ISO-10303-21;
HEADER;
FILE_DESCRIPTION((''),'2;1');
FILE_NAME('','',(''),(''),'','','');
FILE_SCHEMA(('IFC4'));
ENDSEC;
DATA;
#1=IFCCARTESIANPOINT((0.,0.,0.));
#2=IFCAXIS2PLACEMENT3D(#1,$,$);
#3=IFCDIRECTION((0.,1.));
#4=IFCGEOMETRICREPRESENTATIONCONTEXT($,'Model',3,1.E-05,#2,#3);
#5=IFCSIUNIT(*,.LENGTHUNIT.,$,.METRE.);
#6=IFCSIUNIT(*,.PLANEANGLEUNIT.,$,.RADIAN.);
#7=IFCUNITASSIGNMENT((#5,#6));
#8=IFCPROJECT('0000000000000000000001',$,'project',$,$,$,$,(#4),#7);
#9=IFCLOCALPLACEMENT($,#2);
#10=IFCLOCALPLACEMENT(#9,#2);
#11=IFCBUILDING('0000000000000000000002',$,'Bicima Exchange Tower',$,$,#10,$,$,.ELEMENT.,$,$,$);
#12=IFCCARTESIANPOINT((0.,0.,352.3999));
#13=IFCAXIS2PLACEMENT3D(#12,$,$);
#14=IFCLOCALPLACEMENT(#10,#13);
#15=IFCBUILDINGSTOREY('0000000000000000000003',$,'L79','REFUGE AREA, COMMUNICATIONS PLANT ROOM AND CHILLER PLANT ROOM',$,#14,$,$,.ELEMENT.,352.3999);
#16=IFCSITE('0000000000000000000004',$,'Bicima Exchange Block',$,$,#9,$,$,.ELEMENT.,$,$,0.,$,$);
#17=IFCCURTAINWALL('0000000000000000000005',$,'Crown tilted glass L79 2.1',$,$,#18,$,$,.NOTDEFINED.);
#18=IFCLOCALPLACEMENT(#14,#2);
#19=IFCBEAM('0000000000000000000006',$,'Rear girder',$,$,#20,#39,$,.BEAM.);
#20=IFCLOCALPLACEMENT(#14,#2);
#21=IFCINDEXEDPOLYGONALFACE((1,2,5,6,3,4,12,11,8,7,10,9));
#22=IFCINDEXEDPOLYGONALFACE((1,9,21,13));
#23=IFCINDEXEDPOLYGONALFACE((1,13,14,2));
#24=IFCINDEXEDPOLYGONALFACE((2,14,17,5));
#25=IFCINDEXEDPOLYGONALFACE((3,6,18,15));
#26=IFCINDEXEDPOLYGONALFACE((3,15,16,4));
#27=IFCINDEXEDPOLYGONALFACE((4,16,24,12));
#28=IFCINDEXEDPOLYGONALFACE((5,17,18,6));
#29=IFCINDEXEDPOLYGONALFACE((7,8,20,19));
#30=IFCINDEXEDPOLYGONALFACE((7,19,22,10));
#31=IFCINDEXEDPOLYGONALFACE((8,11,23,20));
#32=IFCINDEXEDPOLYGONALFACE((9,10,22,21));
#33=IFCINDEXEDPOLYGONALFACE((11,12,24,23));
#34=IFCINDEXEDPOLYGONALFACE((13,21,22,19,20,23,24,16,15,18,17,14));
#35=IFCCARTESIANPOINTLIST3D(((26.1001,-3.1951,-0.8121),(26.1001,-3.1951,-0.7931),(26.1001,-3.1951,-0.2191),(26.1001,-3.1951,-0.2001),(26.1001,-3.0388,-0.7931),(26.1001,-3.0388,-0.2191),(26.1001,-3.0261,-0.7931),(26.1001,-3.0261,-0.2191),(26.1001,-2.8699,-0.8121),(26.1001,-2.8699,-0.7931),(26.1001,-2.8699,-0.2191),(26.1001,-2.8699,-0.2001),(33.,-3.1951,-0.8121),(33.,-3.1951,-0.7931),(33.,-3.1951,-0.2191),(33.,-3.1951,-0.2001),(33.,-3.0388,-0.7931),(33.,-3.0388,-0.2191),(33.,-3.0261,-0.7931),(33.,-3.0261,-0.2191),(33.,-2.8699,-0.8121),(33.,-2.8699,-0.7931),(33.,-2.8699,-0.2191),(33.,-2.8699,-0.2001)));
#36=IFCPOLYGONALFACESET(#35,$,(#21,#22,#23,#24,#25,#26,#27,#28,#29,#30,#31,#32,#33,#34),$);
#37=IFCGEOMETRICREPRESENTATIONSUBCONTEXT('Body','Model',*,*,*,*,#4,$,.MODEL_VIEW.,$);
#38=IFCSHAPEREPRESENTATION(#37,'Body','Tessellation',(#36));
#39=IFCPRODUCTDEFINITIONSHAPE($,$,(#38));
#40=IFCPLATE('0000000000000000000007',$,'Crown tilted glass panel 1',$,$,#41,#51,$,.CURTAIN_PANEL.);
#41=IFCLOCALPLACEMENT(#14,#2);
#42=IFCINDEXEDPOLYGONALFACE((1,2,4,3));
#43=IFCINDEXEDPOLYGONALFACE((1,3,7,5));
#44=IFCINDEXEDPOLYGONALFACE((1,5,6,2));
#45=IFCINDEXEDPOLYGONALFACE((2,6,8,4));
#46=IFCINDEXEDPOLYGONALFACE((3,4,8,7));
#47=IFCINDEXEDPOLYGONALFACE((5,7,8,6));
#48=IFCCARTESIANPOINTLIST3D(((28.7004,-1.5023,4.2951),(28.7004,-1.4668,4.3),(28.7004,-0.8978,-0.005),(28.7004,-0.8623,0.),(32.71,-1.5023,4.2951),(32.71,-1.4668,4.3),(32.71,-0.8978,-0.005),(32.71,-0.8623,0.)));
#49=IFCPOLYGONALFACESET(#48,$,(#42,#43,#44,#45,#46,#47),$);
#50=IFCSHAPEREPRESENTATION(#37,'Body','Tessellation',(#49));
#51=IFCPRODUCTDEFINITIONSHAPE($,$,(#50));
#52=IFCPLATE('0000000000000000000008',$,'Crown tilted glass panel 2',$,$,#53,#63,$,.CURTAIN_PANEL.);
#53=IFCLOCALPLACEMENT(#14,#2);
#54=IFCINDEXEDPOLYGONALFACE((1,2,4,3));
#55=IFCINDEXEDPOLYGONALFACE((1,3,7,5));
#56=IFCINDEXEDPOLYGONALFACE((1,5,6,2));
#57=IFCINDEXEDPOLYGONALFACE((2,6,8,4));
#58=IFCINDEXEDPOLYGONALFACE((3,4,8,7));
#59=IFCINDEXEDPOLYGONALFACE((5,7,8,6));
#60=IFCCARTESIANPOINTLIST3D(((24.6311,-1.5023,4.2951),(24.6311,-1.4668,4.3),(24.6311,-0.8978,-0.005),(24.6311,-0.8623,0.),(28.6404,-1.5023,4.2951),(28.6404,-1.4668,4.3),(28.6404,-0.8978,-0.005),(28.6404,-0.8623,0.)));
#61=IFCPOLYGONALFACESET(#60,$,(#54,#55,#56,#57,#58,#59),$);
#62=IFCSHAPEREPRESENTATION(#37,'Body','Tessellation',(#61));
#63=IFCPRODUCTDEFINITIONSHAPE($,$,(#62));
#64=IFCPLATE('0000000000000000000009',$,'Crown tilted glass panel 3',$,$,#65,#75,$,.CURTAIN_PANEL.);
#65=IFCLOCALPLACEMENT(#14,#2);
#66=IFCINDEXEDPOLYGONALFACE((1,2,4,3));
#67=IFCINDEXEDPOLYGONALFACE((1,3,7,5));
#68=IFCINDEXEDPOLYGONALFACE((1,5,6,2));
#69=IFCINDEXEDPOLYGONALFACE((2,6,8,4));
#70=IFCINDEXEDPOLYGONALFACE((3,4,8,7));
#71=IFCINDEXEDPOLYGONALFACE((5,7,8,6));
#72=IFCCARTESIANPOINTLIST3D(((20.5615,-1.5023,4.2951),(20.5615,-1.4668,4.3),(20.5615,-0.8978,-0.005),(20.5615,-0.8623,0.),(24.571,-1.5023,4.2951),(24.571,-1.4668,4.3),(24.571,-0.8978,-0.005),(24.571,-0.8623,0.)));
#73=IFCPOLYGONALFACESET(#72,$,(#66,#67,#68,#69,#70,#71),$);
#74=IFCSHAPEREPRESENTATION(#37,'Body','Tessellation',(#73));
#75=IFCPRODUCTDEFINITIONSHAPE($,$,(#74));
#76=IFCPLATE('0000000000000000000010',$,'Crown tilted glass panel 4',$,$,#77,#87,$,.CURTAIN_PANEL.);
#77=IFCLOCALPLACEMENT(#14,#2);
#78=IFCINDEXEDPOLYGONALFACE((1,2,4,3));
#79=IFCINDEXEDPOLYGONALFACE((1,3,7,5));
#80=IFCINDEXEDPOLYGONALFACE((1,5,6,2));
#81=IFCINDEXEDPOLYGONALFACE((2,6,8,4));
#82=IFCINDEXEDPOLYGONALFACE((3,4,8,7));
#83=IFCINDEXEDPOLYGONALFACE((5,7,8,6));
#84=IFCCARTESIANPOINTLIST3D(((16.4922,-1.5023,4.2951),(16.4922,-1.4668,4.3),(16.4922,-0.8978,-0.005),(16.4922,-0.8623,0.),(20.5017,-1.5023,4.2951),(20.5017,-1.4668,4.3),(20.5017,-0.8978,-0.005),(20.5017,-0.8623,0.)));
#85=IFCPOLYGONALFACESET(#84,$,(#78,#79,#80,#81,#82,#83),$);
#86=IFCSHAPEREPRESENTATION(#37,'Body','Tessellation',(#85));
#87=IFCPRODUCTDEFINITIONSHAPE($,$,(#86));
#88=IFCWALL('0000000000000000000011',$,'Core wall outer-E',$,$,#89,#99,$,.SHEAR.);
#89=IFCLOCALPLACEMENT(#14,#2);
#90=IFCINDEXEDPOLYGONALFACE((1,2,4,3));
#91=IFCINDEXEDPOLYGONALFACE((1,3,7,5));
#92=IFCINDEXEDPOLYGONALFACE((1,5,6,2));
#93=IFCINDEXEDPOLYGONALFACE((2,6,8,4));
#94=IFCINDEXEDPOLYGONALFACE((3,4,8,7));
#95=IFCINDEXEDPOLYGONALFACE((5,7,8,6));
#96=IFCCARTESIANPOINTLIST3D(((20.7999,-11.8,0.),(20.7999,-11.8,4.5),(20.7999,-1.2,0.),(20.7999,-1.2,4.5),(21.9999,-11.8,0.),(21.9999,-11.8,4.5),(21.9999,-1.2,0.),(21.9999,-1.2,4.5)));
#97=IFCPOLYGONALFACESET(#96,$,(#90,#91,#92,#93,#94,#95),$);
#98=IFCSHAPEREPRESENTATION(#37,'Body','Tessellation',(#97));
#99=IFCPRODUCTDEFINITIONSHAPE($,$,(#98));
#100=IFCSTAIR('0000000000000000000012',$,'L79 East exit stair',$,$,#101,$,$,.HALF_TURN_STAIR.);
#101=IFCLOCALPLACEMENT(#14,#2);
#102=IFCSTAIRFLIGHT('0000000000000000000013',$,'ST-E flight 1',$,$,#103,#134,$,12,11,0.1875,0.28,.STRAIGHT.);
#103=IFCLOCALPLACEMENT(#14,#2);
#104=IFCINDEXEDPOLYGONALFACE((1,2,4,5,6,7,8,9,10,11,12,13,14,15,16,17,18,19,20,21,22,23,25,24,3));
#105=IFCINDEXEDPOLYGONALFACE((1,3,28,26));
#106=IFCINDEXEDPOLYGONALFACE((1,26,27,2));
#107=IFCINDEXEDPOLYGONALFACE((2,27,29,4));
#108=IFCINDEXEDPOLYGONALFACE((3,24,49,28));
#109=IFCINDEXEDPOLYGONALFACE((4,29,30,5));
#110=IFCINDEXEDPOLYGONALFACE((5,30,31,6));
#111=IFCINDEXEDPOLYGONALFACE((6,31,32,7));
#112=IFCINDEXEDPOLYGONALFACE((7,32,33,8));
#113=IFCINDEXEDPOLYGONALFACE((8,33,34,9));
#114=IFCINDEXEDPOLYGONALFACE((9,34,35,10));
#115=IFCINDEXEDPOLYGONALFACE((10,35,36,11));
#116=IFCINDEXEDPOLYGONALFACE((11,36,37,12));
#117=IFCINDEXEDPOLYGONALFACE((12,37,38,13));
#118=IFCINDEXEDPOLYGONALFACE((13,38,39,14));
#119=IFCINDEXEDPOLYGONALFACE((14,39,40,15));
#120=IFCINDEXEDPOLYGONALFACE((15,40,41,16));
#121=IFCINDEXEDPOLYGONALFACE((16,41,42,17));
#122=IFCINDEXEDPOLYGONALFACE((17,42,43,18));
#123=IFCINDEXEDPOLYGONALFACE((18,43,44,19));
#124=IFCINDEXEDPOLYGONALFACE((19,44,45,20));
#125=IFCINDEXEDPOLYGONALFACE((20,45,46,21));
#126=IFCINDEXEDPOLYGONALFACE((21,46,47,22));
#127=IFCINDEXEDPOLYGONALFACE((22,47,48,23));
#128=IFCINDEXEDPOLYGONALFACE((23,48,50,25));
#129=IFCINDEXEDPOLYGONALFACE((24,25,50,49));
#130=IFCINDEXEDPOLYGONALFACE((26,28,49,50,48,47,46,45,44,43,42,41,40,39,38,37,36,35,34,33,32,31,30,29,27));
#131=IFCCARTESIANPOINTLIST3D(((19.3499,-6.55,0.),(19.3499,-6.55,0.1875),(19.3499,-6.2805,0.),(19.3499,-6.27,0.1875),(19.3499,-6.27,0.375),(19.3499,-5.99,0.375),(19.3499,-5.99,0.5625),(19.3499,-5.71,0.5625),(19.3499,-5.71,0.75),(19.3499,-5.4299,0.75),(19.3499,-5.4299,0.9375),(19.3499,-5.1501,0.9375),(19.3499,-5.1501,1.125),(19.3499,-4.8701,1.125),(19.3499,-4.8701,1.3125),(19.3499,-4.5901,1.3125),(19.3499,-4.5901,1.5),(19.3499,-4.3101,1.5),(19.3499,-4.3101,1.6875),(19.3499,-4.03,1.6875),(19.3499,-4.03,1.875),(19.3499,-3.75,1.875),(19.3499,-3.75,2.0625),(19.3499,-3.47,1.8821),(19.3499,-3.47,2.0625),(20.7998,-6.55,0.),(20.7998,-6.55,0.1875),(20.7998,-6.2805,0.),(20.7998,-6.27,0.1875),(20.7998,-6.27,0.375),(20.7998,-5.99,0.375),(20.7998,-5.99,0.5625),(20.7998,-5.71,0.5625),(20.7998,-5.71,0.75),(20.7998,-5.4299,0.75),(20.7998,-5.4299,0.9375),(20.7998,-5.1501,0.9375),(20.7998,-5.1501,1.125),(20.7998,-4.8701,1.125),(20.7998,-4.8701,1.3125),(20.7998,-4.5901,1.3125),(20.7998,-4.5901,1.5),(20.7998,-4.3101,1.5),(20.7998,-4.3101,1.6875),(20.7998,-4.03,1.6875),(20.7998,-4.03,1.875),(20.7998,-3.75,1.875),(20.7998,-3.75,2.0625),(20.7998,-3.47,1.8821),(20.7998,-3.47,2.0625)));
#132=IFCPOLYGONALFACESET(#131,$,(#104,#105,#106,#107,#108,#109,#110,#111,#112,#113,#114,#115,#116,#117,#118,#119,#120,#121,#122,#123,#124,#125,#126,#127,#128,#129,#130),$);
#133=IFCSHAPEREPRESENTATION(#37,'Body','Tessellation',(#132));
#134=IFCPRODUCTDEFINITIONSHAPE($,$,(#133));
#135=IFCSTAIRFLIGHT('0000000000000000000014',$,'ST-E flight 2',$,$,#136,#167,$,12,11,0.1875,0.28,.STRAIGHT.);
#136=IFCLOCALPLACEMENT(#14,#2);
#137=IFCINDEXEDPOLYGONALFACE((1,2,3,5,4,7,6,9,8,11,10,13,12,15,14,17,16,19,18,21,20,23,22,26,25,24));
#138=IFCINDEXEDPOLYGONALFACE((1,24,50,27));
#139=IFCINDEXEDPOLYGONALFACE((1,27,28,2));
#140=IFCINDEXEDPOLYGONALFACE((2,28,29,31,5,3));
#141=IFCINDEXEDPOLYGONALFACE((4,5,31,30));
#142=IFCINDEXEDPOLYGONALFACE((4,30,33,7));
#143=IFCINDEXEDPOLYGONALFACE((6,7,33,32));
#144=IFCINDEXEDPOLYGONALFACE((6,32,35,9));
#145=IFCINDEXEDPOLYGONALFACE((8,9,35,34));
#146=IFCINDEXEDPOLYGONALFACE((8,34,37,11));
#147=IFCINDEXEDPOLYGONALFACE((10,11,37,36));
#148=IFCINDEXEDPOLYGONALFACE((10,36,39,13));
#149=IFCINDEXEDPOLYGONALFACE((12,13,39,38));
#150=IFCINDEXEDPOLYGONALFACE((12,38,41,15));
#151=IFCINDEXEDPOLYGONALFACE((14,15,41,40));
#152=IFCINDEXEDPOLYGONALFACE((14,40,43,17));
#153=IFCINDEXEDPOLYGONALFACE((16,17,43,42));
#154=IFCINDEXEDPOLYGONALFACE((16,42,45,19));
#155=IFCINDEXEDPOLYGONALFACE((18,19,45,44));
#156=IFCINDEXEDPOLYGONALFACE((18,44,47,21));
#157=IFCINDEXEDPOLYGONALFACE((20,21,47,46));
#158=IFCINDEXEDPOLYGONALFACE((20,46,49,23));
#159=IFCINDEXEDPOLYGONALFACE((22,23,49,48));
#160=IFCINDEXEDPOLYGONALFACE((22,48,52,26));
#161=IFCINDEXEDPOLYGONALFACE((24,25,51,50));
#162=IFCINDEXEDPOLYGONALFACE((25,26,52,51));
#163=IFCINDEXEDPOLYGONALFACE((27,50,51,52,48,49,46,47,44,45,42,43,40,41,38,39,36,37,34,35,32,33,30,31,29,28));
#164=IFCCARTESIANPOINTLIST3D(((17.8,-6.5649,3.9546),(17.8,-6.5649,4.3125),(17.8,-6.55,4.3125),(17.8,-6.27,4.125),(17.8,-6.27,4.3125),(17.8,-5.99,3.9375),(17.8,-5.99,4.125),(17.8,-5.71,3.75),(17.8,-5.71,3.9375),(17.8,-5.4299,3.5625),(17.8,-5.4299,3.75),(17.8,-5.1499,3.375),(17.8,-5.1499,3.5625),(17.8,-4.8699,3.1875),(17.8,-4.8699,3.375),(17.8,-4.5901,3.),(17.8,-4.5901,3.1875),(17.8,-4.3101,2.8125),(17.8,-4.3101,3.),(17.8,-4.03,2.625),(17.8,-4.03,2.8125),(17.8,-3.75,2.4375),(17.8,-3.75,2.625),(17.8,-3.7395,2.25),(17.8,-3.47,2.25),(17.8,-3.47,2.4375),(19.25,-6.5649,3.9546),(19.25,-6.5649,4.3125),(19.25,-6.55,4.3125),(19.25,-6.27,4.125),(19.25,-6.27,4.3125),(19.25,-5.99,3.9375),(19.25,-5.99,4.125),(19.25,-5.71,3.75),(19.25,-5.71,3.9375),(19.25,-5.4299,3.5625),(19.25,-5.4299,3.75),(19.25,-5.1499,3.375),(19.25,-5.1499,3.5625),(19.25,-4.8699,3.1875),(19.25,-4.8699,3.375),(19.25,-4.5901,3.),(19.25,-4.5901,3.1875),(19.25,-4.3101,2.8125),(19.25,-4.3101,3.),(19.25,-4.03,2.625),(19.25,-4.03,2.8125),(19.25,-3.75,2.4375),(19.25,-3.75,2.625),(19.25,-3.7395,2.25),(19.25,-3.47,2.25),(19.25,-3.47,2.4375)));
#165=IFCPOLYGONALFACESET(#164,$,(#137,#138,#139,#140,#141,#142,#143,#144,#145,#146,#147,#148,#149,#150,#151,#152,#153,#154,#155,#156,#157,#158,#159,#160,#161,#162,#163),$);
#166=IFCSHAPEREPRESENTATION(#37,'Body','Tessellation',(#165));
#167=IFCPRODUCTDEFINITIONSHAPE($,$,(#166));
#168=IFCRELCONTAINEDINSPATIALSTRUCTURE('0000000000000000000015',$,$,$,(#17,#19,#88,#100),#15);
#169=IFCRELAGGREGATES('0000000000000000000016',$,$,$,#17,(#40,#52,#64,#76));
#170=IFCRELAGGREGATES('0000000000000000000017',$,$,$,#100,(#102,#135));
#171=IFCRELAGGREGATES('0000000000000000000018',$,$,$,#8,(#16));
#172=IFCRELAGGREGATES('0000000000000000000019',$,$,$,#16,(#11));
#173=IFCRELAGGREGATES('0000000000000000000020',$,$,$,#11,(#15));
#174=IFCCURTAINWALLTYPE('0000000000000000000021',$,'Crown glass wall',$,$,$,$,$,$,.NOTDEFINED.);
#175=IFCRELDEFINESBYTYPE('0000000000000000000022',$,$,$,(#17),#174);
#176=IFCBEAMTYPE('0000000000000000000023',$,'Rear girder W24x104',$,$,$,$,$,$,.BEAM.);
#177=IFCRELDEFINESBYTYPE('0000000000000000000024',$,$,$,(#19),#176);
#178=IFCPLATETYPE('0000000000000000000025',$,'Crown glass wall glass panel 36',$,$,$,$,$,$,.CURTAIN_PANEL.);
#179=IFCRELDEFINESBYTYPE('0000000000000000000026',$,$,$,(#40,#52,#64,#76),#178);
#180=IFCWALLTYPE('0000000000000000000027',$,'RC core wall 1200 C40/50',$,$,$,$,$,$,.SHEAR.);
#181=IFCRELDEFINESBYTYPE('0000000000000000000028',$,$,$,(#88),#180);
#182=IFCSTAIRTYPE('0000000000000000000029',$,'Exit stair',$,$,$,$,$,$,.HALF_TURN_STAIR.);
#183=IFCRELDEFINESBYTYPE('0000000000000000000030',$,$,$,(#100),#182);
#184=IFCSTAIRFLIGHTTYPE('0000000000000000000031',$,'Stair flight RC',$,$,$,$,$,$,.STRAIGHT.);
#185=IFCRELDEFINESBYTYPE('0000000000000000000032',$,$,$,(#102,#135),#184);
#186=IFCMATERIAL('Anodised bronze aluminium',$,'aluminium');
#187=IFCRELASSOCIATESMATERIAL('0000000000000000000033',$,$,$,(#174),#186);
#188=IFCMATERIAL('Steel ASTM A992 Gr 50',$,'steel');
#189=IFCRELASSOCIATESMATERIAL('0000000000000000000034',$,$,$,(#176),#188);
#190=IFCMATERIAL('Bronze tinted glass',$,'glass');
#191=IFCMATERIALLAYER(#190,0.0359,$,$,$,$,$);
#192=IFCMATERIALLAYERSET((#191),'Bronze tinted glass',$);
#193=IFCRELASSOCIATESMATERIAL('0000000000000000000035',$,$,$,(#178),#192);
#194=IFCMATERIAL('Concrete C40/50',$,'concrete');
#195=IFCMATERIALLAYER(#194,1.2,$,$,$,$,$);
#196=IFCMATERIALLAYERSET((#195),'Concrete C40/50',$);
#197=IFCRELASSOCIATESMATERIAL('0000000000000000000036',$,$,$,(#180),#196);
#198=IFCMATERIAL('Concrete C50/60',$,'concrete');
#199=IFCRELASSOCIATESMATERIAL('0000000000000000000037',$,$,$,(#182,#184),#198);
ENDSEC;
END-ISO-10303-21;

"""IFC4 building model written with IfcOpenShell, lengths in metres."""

from ifc_helpers import new_model, si_unit, direction, frame, frame_2d, origin, origin_2d, place, context, subcontext, project, spatial, polyline, rectangle, i_section, outline, extrude, material, layer, layer_set, material_profile, profile_set, type_object, element, aggregate, save


model = new_model("IFC4")

# Units and contexts
model_context = context("Model", 3, precision=1e-05, world=origin(), true_north=direction((0.0, 1.0)))
body_context = subcontext(model_context, "Body", "Model", "MODEL_VIEW")
ifc_project = project(units=[si_unit("LENGTHUNIT", "METRE"), si_unit("PLANEANGLEUNIT", "RADIAN")], contexts=[model_context])

# Site, building, storey
site_placement = place(None, origin())
site = spatial("IfcSite", under=ifc_project, at=site_placement, Name="Bicima Exchange Block", CompositionType="ELEMENT", RefElevation=0.0)
building_placement = place(site_placement, origin())
building = spatial("IfcBuilding", under=site, at=building_placement, Name="Bicima Exchange Tower", CompositionType="ELEMENT")
storey_placement = place(building_placement, frame((0.0, 0.0, 352.3999)))
storey = spatial("IfcBuildingStorey", under=building, at=storey_placement, Name="L79", Description="REFUGE AREA, COMMUNICATIONS PLANT ROOM AND CHILLER PLANT ROOM", CompositionType="ELEMENT", Elevation=352.3999)

# Shared definitions
ifc_material_1 = material(Name="Steel ASTM A992 Gr 50", Category="steel")

# Curtain wall
ifc_material_2 = material(Name="Anodised bronze aluminium", Category="aluminium")
curtain_wall_type = type_object("IfcCurtainWallType", Name="Crown glass wall", PredefinedType="NOTDEFINED", material=ifc_material_2)
curtain_wall_placement = place(storey_placement, origin())
curtain_wall = element("IfcCurtainWall", 1, at=curtain_wall_placement, inside=storey, type_object=curtain_wall_type, Name="Crown tilted glass L79 2.1", PredefinedType="NOTDEFINED")

# Beam
ifc_material_profile_1 = material_profile(ifc_material_1, i_section(OverallWidth=0.3252, OverallDepth=0.6121, WebThickness=0.0127, FlangeThickness=0.019, at=origin_2d()))
ifc_profile_set_1 = profile_set([ifc_material_profile_1], Name="Steel ASTM A992 Gr 50")
beam_type_1 = type_object("IfcBeamType", Name="Rear girder W24x104", PredefinedType="BEAM", material=ifc_profile_set_1)
beam_1_placement = place(storey_placement, frame((26.1001, -3.0325, -0.5061), z_axis=(1.0, 0.0, 0.0), x_axis=(0.0, 1.0, 0.0)))
element("IfcBeam", 2, at=beam_1_placement, inside=storey, type_object=beam_type_1, Name="Rear girder", PredefinedType="BEAM", context=body_context, shape_type="SweptSolid", body=[
    extrude(i_section(OverallWidth=0.3252, OverallDepth=0.6121, WebThickness=0.0127, FlangeThickness=0.019, at=origin_2d()), origin(), (0.0, 0.0, 1.0), 6.8999),
])

# Plates
ifc_material_3 = material(Name="Bronze tinted glass", Category="glass")
ifc_layer_1 = layer(ifc_material_3, 0.0359)
ifc_layer_set_1 = layer_set([ifc_layer_1], Name="Bronze tinted glass")
plate_type = type_object("IfcPlateType", Name="Crown glass wall glass panel 36", PredefinedType="CURTAIN_PANEL", material=ifc_layer_set_1)
plate_1_placement = place(storey_placement, frame((32.71, -0.8623, 0.0), z_axis=(0.0, 0.990263, 0.139209), x_axis=(-1.0, 0.0, 0.0)))
plate_1 = element("IfcPlate", 3, at=plate_1_placement, type_object=plate_type, Name="Crown tilted glass panel 1", PredefinedType="CURTAIN_PANEL", context=body_context, shape_type="SweptSolid", body=[
    extrude(outline(polyline([(0.0, 0.0), (4.0095, 0.0), (4.0095, 4.3423), (0.0, 4.3423), (0.0, 0.0)])), origin(), (0.0, 0.0, -1.0), 0.0359),
])
plate_2_placement = place(storey_placement, frame((28.6404, -0.8623, 0.0), z_axis=(0.0, 0.990263, 0.139209), x_axis=(-1.0, 0.0, 0.0)))
plate_2 = element("IfcPlate", 4, at=plate_2_placement, type_object=plate_type, Name="Crown tilted glass panel 2", PredefinedType="CURTAIN_PANEL", context=body_context, shape_type="SweptSolid", body=[
    extrude(outline(polyline([(0.0, 0.0), (4.0093, 0.0), (4.0093, 4.3423), (0.0, 4.3423), (0.0, 0.0)])), origin(), (0.0, 0.0, -1.0), 0.0359),
])
plate_3_placement = place(storey_placement, frame((24.571, -0.8623, 0.0), z_axis=(0.0, 0.990263, 0.139209), x_axis=(-1.0, 0.0, 0.0)))
plate_3 = element("IfcPlate", 5, at=plate_3_placement, type_object=plate_type, Name="Crown tilted glass panel 3", PredefinedType="CURTAIN_PANEL", context=body_context, shape_type="SweptSolid", body=[
    extrude(outline(polyline([(0.0, 0.0), (4.0095, 0.0), (4.0095, 4.3423), (0.0, 4.3423), (0.0, 0.0)])), origin(), (0.0, 0.0, -1.0), 0.0359),
])
plate_4_placement = place(storey_placement, frame((20.5017, -0.8623, 0.0), z_axis=(0.0, 0.990263, 0.139209), x_axis=(-1.0, 0.0, 0.0)))
plate_4 = element("IfcPlate", 6, at=plate_4_placement, type_object=plate_type, Name="Crown tilted glass panel 4", PredefinedType="CURTAIN_PANEL", context=body_context, shape_type="SweptSolid", body=[
    extrude(outline(polyline([(0.0, 0.0), (4.0095, 0.0), (4.0095, 4.3423), (0.0, 4.3423), (0.0, 0.0)])), origin(), (0.0, 0.0, -1.0), 0.0359),
])
aggregate(curtain_wall, [plate_1, plate_2, plate_3, plate_4])

# Wall
ifc_material_4 = material(Name="Concrete C40/50", Category="concrete")
ifc_layer_2 = layer(ifc_material_4, 1.2)
ifc_layer_set_2 = layer_set([ifc_layer_2], Name="Concrete C40/50")
wall_type = type_object("IfcWallType", Name="RC core wall 1200 C40/50", PredefinedType="SHEAR", material=ifc_layer_set_2)
wall_placement = place(storey_placement, frame((21.3999, -11.8, 0.0), z_axis=(0.0, 0.0, 1.0), x_axis=(0.0, 1.0, 0.0)))
element("IfcWall", 7, at=wall_placement, inside=storey, type_object=wall_type, Name="Core wall outer-E", PredefinedType="SHEAR", context=body_context, shape_type="SweptSolid", body=[
    extrude(rectangle(XDim=10.6001, YDim=1.2, at=frame_2d((5.3, 0.0))), origin(), (0.0, 0.0, 1.0), 4.5),
])

# Stair, stair flights
ifc_material_5 = material(Name="Concrete C50/60", Category="concrete")
stair_type = type_object("IfcStairType", Name="Exit stair", PredefinedType="HALF_TURN_STAIR", material=ifc_material_5)
stair_placement = place(storey_placement, origin())
stair = element("IfcStair", 8, at=stair_placement, inside=storey, type_object=stair_type, Name="L79 East exit stair", PredefinedType="HALF_TURN_STAIR")
stair_flight_type = type_object("IfcStairFlightType", Name="Stair flight RC", PredefinedType="STRAIGHT", material=ifc_material_5)
stair_flight_1_placement = place(storey_placement, frame((20.075, -6.55, 0.0), z_axis=(0.0, 0.0, 1.0), x_axis=(0.0, 1.0, 0.0)))
stair_flight_1 = element("IfcStairFlight", 9, at=stair_flight_1_placement, type_object=stair_flight_type, Name="ST-E flight 1", NumberOfRisers=12, NumberOfTreads=11, PredefinedType="STRAIGHT", RiserHeight=0.1875, TreadLength=0.28, context=body_context, shape_type="SweptSolid", body=[
    extrude(outline(polyline([(0.0, 0.0), (0.0, 0.1875), (0.28, 0.1875), (0.28, 0.375), (0.5601, 0.375), (0.5601, 0.5625), (0.8401, 0.5625), (0.8401, 0.75), (1.1201, 0.75), (1.1201, 0.9375), (1.3999, 0.9375), (1.3999, 1.125), (1.6799, 1.125), (1.6799, 1.3125), (1.96, 1.3125), (1.96, 1.5), (2.24, 1.5), (2.24, 1.6875), (2.52, 1.6875), (2.52, 1.875), (2.8, 1.875), (2.8, 2.0625), (3.0801, 2.0625), (3.0801, 2.25), (3.0801, 1.8821), (0.2695, 0.0), (0.0, 0.0)])), frame((0.0, 0.7251, 0.0), z_axis=(0.0, -1.0, 0.0), x_axis=(1.0, 0.0, 0.0)), (0.0, 0.0, 1.0), 1.45),
])
stair_flight_2_placement = place(storey_placement, frame((18.5249, -3.47, 2.25), z_axis=(0.0, 0.0, 1.0), x_axis=(0.0, -1.0, 0.0)))
stair_flight_2 = element("IfcStairFlight", 10, at=stair_flight_2_placement, type_object=stair_flight_type, Name="ST-E flight 2", NumberOfRisers=12, NumberOfTreads=11, PredefinedType="STRAIGHT", RiserHeight=0.1875, TreadLength=0.28, context=body_context, shape_type="SweptSolid", body=[
    extrude(outline(polyline([(0.0, 0.0), (0.0, 0.1875), (0.28, 0.1875), (0.28, 0.375), (0.5601, 0.375), (0.5601, 0.5625), (0.8401, 0.5625), (0.8401, 0.75), (1.1201, 0.75), (1.1201, 0.9375), (1.3999, 0.9375), (1.3999, 1.125), (1.6799, 1.125), (1.6799, 1.3125), (1.96, 1.3125), (1.96, 1.5), (2.24, 1.5), (2.24, 1.6875), (2.52, 1.6875), (2.52, 1.875), (2.8, 1.875), (2.8, 2.0625), (3.0801, 2.0625), (3.095, 2.0625), (3.095, 1.7046), (0.2695, 0.0), (0.0, 0.0)])), frame((0.0, 0.7251, 0.0), z_axis=(0.0, -1.0, 0.0), x_axis=(1.0, 0.0, 0.0)), (0.0, 0.0, 1.0), 1.45),
])
aggregate(stair, [stair_flight_1, stair_flight_2])

save(model, "model.ifc")
